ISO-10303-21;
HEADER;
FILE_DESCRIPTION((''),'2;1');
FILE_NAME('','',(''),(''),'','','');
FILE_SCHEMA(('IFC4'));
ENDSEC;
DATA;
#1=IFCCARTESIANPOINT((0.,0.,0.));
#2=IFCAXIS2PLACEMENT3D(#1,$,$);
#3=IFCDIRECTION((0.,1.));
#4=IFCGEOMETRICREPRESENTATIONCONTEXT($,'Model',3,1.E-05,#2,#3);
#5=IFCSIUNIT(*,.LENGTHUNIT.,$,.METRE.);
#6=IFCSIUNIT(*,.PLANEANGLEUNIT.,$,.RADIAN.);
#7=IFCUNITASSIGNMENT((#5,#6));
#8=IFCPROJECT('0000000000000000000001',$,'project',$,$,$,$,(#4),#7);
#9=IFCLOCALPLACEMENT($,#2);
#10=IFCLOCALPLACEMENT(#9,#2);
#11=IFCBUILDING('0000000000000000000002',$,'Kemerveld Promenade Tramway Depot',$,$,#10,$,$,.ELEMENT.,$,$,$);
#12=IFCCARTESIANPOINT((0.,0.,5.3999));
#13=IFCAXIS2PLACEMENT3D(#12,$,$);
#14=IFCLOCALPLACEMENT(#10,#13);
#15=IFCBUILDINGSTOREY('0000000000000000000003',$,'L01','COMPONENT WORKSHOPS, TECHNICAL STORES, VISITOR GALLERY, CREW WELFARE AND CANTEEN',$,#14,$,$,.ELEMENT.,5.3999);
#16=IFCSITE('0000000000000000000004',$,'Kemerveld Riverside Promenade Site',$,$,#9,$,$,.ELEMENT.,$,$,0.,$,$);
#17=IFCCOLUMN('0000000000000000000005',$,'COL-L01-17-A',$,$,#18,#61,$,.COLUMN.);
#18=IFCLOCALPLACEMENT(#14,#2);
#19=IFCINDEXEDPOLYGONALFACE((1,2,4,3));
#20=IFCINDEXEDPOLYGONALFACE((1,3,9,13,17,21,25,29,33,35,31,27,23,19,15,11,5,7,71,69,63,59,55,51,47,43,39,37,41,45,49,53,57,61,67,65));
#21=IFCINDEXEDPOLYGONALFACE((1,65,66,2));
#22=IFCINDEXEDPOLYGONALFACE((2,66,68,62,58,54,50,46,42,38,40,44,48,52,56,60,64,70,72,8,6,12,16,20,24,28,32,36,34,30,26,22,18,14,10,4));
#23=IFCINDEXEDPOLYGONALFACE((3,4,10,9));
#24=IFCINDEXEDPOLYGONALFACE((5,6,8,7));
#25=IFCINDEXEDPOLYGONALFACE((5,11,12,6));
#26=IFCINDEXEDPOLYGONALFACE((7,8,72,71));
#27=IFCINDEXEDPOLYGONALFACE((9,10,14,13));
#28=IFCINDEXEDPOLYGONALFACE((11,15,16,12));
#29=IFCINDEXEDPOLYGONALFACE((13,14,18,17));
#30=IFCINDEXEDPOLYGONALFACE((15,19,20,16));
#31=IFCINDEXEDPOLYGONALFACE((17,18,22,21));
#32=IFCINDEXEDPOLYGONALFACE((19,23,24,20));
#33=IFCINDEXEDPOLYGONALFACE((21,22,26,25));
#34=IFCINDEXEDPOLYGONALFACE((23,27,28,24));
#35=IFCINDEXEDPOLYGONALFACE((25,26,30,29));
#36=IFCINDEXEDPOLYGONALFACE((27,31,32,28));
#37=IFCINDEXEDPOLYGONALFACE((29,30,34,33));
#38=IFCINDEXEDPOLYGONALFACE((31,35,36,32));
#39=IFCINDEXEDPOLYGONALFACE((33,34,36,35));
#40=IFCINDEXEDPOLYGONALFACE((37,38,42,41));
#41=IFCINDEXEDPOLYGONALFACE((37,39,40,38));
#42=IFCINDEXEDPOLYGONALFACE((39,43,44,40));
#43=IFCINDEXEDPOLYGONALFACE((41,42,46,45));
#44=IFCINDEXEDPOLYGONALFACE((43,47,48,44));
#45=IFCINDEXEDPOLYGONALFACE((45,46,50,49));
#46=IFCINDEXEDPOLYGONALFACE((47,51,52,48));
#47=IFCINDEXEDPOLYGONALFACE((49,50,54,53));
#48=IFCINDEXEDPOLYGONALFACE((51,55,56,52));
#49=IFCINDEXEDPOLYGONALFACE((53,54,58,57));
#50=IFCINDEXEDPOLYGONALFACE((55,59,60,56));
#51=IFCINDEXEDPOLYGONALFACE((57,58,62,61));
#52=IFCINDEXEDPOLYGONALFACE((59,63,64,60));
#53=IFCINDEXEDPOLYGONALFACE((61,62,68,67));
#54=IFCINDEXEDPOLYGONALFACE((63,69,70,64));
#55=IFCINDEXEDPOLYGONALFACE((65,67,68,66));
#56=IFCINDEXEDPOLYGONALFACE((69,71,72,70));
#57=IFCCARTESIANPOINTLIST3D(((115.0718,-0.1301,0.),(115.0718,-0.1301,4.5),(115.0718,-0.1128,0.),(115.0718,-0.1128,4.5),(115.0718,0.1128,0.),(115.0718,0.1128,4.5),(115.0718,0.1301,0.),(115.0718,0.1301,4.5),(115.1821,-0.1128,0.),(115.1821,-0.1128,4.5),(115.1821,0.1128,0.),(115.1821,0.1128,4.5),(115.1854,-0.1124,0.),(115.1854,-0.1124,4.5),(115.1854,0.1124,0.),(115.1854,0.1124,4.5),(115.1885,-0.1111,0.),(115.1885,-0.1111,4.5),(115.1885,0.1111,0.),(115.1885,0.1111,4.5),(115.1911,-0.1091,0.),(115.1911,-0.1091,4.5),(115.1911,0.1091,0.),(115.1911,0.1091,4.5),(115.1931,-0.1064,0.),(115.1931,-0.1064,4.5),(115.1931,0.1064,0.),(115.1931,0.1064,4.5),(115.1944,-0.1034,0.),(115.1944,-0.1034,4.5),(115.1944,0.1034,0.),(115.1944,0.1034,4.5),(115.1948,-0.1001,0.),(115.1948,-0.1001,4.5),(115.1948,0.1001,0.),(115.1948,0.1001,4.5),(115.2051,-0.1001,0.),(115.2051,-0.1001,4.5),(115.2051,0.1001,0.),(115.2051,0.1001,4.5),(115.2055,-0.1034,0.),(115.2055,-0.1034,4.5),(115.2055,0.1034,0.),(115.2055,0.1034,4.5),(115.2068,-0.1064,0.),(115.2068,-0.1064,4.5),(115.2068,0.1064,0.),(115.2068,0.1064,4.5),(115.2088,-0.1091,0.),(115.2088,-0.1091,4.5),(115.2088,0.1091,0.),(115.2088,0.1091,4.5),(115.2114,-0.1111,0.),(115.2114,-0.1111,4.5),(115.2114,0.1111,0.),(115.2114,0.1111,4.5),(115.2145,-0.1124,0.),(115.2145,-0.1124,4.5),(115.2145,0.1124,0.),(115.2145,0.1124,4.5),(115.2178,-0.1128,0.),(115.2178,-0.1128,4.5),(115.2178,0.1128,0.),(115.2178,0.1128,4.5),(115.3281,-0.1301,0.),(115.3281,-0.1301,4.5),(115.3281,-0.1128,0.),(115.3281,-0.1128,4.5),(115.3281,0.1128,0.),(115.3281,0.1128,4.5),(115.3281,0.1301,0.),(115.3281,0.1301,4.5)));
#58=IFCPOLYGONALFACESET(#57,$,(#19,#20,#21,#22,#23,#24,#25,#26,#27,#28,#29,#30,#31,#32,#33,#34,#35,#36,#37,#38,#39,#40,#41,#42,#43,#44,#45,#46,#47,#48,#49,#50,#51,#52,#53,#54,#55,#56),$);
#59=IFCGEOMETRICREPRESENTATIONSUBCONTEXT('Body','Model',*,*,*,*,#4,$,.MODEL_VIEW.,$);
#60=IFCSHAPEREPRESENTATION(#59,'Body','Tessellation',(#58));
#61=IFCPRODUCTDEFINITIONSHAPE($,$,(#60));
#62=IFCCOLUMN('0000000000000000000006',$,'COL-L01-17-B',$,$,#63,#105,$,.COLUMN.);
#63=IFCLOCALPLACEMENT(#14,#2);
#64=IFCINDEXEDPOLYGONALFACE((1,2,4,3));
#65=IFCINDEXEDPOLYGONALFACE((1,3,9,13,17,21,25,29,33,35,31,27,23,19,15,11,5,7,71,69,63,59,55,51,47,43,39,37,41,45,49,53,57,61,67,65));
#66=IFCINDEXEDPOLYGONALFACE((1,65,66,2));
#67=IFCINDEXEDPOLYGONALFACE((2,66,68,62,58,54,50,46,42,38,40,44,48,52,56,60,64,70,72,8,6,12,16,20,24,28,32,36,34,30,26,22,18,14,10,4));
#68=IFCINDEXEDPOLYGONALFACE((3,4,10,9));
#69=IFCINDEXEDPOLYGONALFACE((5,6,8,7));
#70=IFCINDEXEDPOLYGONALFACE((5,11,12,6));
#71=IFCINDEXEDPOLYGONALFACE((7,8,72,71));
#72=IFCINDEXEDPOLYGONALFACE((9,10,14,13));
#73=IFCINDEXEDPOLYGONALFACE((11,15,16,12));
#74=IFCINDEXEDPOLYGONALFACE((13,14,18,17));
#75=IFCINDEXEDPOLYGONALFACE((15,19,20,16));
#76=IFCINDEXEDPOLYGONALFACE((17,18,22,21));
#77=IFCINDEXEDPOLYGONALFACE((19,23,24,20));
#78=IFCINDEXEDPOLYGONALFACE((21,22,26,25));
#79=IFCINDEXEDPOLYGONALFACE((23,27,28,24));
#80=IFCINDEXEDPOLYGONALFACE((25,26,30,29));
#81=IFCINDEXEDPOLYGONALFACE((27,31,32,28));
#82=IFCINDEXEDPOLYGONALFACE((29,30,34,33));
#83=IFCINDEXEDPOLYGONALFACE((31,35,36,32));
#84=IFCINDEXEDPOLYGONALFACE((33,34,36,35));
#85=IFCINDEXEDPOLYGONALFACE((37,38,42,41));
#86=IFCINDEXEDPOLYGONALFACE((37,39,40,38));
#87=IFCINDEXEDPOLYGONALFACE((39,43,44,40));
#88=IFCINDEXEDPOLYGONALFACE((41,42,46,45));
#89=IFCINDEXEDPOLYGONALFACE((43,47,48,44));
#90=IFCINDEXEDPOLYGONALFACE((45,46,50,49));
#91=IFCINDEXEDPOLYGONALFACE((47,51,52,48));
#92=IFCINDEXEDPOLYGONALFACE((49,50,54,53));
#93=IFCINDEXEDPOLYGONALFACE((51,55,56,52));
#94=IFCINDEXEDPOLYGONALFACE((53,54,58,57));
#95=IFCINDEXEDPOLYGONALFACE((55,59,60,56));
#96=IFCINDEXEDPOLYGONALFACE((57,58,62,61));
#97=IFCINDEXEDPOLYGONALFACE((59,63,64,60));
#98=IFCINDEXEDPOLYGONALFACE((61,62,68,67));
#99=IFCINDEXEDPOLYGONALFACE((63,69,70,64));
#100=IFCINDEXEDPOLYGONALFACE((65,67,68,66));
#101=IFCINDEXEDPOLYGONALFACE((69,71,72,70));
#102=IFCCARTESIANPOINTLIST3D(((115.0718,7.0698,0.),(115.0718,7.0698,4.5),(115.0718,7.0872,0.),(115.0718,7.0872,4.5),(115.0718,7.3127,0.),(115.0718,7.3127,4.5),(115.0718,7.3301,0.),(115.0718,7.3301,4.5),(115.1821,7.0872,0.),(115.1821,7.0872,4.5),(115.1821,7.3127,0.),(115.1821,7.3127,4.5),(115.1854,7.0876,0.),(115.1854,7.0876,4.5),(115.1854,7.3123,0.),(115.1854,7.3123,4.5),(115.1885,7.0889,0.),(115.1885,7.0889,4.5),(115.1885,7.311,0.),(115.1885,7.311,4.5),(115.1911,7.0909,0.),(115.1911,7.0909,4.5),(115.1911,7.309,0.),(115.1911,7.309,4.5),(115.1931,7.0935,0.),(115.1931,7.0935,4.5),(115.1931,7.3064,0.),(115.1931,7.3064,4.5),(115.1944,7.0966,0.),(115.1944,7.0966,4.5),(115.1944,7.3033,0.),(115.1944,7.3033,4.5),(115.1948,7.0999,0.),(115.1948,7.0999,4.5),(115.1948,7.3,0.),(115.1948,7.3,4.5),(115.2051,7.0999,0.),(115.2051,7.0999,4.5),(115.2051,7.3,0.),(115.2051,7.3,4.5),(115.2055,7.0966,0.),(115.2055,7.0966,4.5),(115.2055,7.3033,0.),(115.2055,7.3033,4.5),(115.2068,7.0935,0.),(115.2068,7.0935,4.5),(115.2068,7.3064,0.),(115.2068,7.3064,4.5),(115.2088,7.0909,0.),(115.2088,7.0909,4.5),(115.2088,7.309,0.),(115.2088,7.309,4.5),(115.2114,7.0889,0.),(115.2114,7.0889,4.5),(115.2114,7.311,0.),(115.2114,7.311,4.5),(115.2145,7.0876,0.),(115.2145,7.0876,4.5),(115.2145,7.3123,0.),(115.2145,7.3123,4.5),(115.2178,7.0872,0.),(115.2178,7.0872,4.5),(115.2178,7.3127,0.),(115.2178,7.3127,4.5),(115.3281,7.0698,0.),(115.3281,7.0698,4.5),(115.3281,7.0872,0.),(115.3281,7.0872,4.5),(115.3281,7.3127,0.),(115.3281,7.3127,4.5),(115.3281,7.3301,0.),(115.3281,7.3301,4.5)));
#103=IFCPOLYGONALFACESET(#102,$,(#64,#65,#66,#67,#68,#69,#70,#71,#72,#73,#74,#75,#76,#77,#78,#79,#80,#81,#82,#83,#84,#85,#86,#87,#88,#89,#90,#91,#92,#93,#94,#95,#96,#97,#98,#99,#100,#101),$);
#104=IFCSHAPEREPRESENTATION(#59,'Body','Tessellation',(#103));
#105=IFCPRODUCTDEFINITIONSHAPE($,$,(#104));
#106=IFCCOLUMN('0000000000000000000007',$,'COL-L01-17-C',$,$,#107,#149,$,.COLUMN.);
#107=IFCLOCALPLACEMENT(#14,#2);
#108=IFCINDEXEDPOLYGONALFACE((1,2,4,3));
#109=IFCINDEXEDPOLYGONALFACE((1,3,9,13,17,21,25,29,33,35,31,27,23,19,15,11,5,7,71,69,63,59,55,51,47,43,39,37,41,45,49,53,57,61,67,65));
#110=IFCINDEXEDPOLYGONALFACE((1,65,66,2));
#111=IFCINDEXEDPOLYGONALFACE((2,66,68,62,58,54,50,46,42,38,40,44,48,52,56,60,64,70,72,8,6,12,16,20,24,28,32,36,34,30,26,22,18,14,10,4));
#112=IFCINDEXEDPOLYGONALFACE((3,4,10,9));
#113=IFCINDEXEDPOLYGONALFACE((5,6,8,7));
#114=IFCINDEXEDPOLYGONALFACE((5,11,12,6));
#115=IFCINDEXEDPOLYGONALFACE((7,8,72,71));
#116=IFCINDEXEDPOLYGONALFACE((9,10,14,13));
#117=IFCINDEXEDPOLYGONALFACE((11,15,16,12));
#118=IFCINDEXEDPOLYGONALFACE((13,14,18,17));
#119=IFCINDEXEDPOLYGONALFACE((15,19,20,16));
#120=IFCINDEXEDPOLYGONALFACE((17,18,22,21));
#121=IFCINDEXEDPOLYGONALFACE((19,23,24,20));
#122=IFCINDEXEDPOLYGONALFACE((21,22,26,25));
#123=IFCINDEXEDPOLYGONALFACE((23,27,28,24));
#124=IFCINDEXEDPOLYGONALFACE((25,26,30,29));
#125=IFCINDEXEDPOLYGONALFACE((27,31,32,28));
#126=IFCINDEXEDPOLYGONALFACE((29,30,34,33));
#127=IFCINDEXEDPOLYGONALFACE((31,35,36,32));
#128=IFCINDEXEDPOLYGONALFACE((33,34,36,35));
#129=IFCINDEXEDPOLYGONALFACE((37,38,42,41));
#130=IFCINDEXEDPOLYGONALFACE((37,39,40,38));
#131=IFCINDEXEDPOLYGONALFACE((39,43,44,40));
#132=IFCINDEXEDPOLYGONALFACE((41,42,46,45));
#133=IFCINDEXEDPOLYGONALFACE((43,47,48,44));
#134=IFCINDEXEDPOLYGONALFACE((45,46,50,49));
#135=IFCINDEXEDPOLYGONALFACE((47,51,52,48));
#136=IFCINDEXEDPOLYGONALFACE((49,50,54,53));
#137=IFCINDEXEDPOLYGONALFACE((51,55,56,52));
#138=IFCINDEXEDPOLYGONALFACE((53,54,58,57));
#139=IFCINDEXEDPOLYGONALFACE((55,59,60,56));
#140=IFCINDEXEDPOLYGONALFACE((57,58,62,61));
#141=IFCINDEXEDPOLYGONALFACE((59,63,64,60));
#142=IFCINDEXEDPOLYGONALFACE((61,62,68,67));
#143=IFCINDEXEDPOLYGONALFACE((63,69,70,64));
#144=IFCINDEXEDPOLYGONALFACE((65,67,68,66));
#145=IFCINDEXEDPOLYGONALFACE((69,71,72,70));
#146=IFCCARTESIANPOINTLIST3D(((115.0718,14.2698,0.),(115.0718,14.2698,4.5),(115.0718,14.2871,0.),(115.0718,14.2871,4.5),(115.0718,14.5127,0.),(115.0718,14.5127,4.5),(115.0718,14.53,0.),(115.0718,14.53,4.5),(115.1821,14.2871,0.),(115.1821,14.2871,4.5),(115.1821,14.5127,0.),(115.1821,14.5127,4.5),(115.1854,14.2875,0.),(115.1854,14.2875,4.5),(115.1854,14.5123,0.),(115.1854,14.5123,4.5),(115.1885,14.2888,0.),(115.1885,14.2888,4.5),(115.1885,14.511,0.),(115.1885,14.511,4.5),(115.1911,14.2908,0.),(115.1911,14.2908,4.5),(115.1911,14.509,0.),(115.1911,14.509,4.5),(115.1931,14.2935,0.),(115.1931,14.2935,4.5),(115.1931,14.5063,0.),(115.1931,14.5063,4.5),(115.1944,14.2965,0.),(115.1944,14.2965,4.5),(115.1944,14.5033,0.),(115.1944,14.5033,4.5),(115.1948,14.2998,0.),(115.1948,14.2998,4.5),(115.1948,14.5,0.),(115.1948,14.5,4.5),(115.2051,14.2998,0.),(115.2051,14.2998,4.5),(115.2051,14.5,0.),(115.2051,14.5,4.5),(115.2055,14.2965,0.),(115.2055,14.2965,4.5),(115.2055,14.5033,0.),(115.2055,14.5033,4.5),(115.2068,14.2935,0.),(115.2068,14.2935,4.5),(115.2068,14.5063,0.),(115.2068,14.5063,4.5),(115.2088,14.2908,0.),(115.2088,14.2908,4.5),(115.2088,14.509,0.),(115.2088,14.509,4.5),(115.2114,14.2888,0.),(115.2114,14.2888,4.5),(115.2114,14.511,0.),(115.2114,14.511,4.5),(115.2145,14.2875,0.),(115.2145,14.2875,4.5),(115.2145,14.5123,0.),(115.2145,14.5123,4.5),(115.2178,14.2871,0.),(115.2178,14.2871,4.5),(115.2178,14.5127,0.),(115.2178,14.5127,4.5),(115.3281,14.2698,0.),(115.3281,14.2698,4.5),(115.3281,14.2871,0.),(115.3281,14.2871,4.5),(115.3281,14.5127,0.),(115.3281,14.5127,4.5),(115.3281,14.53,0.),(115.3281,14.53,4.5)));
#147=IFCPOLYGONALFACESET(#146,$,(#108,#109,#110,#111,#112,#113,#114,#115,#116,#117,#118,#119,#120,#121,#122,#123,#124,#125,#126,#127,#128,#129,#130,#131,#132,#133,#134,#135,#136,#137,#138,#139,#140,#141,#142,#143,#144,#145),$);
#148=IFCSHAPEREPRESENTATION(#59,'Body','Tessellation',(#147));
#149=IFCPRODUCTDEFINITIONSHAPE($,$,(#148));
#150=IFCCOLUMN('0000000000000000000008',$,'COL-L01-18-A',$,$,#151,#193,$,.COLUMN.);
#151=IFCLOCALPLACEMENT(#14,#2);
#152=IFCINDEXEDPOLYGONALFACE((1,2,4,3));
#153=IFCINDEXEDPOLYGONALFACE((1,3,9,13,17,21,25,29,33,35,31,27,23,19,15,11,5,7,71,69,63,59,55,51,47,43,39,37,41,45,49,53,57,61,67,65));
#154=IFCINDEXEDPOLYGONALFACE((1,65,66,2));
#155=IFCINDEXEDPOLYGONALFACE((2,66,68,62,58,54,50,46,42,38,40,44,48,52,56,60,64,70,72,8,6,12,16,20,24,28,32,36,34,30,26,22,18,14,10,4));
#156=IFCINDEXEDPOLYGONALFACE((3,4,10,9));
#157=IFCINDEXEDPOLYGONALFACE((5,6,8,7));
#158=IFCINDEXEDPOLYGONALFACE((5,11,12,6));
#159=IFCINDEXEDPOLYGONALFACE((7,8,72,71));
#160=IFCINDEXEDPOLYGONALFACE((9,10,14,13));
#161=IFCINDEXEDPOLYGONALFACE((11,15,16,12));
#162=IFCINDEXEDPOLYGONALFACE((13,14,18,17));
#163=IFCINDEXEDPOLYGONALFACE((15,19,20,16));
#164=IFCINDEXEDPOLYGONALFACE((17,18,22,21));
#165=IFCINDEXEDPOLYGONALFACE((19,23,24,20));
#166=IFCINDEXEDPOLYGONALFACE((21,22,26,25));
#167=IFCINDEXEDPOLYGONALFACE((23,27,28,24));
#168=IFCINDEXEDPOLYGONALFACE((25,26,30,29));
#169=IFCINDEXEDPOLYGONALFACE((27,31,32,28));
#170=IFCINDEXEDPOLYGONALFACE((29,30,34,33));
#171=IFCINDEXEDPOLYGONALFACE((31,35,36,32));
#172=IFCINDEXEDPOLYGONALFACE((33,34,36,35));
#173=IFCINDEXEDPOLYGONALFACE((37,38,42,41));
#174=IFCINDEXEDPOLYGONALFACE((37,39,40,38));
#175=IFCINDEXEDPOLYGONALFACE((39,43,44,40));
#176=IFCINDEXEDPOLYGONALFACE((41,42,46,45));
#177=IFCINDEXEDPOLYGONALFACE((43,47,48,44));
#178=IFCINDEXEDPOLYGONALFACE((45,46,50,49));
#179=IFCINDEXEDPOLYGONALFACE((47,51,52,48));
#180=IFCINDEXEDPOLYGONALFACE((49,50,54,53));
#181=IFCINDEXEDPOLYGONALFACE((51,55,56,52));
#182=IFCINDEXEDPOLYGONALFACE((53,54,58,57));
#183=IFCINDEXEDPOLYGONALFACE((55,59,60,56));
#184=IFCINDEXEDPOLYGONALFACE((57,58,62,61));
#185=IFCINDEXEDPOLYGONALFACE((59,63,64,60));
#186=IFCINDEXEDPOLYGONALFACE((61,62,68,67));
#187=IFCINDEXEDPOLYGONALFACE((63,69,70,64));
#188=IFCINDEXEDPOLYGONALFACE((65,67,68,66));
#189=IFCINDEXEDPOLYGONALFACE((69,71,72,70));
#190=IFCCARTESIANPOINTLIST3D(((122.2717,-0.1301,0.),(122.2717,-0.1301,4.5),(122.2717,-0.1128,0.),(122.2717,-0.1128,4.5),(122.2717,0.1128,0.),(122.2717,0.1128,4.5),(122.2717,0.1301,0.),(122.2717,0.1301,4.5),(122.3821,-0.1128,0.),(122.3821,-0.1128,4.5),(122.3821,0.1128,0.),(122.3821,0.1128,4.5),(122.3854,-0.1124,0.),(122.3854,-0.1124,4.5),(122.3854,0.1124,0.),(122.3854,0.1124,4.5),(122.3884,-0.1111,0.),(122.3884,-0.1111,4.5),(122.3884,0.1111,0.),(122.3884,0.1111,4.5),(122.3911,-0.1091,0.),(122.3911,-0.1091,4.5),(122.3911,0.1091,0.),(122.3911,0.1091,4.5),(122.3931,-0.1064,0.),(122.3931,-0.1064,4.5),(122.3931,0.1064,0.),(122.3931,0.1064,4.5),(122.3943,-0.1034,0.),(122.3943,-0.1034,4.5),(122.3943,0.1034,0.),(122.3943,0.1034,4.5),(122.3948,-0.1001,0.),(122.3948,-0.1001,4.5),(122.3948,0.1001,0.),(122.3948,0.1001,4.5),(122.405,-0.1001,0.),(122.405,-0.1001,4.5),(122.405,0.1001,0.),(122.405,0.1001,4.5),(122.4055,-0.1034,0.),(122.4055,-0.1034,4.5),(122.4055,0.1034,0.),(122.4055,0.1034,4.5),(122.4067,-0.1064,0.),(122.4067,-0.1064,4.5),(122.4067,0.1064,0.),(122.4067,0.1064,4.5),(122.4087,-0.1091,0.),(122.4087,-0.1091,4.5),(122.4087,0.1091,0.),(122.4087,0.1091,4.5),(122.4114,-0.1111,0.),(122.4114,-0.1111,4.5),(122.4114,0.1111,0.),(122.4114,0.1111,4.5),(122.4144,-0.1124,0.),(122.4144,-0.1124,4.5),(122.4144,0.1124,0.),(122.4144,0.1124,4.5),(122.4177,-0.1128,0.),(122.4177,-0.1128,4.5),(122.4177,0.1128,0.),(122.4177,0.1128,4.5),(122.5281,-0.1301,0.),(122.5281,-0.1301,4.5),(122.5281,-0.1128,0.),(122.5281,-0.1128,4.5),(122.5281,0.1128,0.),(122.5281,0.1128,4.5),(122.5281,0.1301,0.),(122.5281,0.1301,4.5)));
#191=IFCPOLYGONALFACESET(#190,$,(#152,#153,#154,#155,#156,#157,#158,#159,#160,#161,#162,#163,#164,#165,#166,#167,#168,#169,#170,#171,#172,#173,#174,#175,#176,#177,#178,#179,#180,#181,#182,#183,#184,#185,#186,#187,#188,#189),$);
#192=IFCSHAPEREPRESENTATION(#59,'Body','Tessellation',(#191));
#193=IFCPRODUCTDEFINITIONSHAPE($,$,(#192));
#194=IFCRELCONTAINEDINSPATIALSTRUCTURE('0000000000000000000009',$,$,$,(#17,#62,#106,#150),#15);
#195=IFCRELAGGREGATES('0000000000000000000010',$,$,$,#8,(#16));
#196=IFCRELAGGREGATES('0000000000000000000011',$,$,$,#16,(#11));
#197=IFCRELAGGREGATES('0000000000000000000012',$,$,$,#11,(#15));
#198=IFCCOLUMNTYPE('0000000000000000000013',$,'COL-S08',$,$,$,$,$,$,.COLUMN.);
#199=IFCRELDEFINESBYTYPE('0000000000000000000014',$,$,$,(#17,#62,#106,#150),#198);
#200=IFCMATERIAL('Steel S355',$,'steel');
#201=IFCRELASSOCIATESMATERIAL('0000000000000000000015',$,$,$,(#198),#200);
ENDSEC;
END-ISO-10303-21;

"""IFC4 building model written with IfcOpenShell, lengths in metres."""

from ifc_helpers import new_model, si_unit, direction, frame, origin, origin_2d, place, context, subcontext, project, spatial, i_section, extrude, material, material_profile, profile_set, type_object, element, save


model = new_model("IFC4")

# Units and contexts
model_context = context("Model", 3, precision=1e-05, world=origin(), true_north=direction((0.0, 1.0)))
body_context = subcontext(model_context, "Body", "Model", "MODEL_VIEW")
ifc_project = project(units=[si_unit("LENGTHUNIT", "METRE"), si_unit("PLANEANGLEUNIT", "RADIAN")], contexts=[model_context])

# Site, building, storey
site_placement = place(None, origin())
site = spatial("IfcSite", under=ifc_project, at=site_placement, Name="Kemerveld Riverside Promenade Site", CompositionType="ELEMENT", RefElevation=0.0)
building_placement = place(site_placement, origin())
building = spatial("IfcBuilding", under=site, at=building_placement, Name="Kemerveld Promenade Tramway Depot", CompositionType="ELEMENT")
storey_placement = place(building_placement, frame((0.0, 0.0, 5.3999)))
storey = spatial("IfcBuildingStorey", under=building, at=storey_placement, Name="L01", Description="COMPONENT WORKSHOPS, TECHNICAL STORES, VISITOR GALLERY, CREW WELFARE AND CANTEEN", CompositionType="ELEMENT", Elevation=5.3999)

# Columns
ifc_material_1 = material(Name="Steel S355", Category="steel")
ifc_material_profile_1 = material_profile(ifc_material_1, i_section(OverallWidth=0.2563, OverallDepth=0.2603, WebThickness=0.0103, FlangeThickness=0.0173, FilletRadius=0.0127, at=origin_2d()), Name="254x254x89 UC")
ifc_profile_set_1 = profile_set([ifc_material_profile_1], Name="Steel S355")
column_type = type_object("IfcColumnType", Name="COL-S08", PredefinedType="COLUMN", material=ifc_profile_set_1)
for number, where, z_axis, x_axis, name in (
    (1, (115.2, 0.0, 0.0), (0.0, 0.0, 1.0), (1.0, 0.0, 0.0), "COL-L01-17-A"),
    (2, (115.2, 7.2, 0.0), (0.0, 0.0, 1.0), (1.0, 0.0, 0.0), "COL-L01-17-B"),
    (3, (115.2, 14.3999, 0.0), (0.0, 0.0, 1.0), (1.0, 0.0, 0.0), "COL-L01-17-C"),
    (4, (122.3999, 0.0, 0.0), (0.0, 0.0, 1.0), (1.0, 0.0, 0.0), "COL-L01-18-A"),
):
    element("IfcColumn", number, at=place(storey_placement, frame(where, z_axis=z_axis, x_axis=x_axis)), inside=storey, type_object=column_type, Name=name, PredefinedType="COLUMN", context=body_context, shape_type="SweptSolid", body=[
        extrude(i_section(OverallWidth=0.2563, OverallDepth=0.2603, WebThickness=0.0103, FlangeThickness=0.0173, FilletRadius=0.0127, at=origin_2d()), origin(), (0.0, 0.0, 1.0), 4.5),
    ])

save(model, "model.ifc")
